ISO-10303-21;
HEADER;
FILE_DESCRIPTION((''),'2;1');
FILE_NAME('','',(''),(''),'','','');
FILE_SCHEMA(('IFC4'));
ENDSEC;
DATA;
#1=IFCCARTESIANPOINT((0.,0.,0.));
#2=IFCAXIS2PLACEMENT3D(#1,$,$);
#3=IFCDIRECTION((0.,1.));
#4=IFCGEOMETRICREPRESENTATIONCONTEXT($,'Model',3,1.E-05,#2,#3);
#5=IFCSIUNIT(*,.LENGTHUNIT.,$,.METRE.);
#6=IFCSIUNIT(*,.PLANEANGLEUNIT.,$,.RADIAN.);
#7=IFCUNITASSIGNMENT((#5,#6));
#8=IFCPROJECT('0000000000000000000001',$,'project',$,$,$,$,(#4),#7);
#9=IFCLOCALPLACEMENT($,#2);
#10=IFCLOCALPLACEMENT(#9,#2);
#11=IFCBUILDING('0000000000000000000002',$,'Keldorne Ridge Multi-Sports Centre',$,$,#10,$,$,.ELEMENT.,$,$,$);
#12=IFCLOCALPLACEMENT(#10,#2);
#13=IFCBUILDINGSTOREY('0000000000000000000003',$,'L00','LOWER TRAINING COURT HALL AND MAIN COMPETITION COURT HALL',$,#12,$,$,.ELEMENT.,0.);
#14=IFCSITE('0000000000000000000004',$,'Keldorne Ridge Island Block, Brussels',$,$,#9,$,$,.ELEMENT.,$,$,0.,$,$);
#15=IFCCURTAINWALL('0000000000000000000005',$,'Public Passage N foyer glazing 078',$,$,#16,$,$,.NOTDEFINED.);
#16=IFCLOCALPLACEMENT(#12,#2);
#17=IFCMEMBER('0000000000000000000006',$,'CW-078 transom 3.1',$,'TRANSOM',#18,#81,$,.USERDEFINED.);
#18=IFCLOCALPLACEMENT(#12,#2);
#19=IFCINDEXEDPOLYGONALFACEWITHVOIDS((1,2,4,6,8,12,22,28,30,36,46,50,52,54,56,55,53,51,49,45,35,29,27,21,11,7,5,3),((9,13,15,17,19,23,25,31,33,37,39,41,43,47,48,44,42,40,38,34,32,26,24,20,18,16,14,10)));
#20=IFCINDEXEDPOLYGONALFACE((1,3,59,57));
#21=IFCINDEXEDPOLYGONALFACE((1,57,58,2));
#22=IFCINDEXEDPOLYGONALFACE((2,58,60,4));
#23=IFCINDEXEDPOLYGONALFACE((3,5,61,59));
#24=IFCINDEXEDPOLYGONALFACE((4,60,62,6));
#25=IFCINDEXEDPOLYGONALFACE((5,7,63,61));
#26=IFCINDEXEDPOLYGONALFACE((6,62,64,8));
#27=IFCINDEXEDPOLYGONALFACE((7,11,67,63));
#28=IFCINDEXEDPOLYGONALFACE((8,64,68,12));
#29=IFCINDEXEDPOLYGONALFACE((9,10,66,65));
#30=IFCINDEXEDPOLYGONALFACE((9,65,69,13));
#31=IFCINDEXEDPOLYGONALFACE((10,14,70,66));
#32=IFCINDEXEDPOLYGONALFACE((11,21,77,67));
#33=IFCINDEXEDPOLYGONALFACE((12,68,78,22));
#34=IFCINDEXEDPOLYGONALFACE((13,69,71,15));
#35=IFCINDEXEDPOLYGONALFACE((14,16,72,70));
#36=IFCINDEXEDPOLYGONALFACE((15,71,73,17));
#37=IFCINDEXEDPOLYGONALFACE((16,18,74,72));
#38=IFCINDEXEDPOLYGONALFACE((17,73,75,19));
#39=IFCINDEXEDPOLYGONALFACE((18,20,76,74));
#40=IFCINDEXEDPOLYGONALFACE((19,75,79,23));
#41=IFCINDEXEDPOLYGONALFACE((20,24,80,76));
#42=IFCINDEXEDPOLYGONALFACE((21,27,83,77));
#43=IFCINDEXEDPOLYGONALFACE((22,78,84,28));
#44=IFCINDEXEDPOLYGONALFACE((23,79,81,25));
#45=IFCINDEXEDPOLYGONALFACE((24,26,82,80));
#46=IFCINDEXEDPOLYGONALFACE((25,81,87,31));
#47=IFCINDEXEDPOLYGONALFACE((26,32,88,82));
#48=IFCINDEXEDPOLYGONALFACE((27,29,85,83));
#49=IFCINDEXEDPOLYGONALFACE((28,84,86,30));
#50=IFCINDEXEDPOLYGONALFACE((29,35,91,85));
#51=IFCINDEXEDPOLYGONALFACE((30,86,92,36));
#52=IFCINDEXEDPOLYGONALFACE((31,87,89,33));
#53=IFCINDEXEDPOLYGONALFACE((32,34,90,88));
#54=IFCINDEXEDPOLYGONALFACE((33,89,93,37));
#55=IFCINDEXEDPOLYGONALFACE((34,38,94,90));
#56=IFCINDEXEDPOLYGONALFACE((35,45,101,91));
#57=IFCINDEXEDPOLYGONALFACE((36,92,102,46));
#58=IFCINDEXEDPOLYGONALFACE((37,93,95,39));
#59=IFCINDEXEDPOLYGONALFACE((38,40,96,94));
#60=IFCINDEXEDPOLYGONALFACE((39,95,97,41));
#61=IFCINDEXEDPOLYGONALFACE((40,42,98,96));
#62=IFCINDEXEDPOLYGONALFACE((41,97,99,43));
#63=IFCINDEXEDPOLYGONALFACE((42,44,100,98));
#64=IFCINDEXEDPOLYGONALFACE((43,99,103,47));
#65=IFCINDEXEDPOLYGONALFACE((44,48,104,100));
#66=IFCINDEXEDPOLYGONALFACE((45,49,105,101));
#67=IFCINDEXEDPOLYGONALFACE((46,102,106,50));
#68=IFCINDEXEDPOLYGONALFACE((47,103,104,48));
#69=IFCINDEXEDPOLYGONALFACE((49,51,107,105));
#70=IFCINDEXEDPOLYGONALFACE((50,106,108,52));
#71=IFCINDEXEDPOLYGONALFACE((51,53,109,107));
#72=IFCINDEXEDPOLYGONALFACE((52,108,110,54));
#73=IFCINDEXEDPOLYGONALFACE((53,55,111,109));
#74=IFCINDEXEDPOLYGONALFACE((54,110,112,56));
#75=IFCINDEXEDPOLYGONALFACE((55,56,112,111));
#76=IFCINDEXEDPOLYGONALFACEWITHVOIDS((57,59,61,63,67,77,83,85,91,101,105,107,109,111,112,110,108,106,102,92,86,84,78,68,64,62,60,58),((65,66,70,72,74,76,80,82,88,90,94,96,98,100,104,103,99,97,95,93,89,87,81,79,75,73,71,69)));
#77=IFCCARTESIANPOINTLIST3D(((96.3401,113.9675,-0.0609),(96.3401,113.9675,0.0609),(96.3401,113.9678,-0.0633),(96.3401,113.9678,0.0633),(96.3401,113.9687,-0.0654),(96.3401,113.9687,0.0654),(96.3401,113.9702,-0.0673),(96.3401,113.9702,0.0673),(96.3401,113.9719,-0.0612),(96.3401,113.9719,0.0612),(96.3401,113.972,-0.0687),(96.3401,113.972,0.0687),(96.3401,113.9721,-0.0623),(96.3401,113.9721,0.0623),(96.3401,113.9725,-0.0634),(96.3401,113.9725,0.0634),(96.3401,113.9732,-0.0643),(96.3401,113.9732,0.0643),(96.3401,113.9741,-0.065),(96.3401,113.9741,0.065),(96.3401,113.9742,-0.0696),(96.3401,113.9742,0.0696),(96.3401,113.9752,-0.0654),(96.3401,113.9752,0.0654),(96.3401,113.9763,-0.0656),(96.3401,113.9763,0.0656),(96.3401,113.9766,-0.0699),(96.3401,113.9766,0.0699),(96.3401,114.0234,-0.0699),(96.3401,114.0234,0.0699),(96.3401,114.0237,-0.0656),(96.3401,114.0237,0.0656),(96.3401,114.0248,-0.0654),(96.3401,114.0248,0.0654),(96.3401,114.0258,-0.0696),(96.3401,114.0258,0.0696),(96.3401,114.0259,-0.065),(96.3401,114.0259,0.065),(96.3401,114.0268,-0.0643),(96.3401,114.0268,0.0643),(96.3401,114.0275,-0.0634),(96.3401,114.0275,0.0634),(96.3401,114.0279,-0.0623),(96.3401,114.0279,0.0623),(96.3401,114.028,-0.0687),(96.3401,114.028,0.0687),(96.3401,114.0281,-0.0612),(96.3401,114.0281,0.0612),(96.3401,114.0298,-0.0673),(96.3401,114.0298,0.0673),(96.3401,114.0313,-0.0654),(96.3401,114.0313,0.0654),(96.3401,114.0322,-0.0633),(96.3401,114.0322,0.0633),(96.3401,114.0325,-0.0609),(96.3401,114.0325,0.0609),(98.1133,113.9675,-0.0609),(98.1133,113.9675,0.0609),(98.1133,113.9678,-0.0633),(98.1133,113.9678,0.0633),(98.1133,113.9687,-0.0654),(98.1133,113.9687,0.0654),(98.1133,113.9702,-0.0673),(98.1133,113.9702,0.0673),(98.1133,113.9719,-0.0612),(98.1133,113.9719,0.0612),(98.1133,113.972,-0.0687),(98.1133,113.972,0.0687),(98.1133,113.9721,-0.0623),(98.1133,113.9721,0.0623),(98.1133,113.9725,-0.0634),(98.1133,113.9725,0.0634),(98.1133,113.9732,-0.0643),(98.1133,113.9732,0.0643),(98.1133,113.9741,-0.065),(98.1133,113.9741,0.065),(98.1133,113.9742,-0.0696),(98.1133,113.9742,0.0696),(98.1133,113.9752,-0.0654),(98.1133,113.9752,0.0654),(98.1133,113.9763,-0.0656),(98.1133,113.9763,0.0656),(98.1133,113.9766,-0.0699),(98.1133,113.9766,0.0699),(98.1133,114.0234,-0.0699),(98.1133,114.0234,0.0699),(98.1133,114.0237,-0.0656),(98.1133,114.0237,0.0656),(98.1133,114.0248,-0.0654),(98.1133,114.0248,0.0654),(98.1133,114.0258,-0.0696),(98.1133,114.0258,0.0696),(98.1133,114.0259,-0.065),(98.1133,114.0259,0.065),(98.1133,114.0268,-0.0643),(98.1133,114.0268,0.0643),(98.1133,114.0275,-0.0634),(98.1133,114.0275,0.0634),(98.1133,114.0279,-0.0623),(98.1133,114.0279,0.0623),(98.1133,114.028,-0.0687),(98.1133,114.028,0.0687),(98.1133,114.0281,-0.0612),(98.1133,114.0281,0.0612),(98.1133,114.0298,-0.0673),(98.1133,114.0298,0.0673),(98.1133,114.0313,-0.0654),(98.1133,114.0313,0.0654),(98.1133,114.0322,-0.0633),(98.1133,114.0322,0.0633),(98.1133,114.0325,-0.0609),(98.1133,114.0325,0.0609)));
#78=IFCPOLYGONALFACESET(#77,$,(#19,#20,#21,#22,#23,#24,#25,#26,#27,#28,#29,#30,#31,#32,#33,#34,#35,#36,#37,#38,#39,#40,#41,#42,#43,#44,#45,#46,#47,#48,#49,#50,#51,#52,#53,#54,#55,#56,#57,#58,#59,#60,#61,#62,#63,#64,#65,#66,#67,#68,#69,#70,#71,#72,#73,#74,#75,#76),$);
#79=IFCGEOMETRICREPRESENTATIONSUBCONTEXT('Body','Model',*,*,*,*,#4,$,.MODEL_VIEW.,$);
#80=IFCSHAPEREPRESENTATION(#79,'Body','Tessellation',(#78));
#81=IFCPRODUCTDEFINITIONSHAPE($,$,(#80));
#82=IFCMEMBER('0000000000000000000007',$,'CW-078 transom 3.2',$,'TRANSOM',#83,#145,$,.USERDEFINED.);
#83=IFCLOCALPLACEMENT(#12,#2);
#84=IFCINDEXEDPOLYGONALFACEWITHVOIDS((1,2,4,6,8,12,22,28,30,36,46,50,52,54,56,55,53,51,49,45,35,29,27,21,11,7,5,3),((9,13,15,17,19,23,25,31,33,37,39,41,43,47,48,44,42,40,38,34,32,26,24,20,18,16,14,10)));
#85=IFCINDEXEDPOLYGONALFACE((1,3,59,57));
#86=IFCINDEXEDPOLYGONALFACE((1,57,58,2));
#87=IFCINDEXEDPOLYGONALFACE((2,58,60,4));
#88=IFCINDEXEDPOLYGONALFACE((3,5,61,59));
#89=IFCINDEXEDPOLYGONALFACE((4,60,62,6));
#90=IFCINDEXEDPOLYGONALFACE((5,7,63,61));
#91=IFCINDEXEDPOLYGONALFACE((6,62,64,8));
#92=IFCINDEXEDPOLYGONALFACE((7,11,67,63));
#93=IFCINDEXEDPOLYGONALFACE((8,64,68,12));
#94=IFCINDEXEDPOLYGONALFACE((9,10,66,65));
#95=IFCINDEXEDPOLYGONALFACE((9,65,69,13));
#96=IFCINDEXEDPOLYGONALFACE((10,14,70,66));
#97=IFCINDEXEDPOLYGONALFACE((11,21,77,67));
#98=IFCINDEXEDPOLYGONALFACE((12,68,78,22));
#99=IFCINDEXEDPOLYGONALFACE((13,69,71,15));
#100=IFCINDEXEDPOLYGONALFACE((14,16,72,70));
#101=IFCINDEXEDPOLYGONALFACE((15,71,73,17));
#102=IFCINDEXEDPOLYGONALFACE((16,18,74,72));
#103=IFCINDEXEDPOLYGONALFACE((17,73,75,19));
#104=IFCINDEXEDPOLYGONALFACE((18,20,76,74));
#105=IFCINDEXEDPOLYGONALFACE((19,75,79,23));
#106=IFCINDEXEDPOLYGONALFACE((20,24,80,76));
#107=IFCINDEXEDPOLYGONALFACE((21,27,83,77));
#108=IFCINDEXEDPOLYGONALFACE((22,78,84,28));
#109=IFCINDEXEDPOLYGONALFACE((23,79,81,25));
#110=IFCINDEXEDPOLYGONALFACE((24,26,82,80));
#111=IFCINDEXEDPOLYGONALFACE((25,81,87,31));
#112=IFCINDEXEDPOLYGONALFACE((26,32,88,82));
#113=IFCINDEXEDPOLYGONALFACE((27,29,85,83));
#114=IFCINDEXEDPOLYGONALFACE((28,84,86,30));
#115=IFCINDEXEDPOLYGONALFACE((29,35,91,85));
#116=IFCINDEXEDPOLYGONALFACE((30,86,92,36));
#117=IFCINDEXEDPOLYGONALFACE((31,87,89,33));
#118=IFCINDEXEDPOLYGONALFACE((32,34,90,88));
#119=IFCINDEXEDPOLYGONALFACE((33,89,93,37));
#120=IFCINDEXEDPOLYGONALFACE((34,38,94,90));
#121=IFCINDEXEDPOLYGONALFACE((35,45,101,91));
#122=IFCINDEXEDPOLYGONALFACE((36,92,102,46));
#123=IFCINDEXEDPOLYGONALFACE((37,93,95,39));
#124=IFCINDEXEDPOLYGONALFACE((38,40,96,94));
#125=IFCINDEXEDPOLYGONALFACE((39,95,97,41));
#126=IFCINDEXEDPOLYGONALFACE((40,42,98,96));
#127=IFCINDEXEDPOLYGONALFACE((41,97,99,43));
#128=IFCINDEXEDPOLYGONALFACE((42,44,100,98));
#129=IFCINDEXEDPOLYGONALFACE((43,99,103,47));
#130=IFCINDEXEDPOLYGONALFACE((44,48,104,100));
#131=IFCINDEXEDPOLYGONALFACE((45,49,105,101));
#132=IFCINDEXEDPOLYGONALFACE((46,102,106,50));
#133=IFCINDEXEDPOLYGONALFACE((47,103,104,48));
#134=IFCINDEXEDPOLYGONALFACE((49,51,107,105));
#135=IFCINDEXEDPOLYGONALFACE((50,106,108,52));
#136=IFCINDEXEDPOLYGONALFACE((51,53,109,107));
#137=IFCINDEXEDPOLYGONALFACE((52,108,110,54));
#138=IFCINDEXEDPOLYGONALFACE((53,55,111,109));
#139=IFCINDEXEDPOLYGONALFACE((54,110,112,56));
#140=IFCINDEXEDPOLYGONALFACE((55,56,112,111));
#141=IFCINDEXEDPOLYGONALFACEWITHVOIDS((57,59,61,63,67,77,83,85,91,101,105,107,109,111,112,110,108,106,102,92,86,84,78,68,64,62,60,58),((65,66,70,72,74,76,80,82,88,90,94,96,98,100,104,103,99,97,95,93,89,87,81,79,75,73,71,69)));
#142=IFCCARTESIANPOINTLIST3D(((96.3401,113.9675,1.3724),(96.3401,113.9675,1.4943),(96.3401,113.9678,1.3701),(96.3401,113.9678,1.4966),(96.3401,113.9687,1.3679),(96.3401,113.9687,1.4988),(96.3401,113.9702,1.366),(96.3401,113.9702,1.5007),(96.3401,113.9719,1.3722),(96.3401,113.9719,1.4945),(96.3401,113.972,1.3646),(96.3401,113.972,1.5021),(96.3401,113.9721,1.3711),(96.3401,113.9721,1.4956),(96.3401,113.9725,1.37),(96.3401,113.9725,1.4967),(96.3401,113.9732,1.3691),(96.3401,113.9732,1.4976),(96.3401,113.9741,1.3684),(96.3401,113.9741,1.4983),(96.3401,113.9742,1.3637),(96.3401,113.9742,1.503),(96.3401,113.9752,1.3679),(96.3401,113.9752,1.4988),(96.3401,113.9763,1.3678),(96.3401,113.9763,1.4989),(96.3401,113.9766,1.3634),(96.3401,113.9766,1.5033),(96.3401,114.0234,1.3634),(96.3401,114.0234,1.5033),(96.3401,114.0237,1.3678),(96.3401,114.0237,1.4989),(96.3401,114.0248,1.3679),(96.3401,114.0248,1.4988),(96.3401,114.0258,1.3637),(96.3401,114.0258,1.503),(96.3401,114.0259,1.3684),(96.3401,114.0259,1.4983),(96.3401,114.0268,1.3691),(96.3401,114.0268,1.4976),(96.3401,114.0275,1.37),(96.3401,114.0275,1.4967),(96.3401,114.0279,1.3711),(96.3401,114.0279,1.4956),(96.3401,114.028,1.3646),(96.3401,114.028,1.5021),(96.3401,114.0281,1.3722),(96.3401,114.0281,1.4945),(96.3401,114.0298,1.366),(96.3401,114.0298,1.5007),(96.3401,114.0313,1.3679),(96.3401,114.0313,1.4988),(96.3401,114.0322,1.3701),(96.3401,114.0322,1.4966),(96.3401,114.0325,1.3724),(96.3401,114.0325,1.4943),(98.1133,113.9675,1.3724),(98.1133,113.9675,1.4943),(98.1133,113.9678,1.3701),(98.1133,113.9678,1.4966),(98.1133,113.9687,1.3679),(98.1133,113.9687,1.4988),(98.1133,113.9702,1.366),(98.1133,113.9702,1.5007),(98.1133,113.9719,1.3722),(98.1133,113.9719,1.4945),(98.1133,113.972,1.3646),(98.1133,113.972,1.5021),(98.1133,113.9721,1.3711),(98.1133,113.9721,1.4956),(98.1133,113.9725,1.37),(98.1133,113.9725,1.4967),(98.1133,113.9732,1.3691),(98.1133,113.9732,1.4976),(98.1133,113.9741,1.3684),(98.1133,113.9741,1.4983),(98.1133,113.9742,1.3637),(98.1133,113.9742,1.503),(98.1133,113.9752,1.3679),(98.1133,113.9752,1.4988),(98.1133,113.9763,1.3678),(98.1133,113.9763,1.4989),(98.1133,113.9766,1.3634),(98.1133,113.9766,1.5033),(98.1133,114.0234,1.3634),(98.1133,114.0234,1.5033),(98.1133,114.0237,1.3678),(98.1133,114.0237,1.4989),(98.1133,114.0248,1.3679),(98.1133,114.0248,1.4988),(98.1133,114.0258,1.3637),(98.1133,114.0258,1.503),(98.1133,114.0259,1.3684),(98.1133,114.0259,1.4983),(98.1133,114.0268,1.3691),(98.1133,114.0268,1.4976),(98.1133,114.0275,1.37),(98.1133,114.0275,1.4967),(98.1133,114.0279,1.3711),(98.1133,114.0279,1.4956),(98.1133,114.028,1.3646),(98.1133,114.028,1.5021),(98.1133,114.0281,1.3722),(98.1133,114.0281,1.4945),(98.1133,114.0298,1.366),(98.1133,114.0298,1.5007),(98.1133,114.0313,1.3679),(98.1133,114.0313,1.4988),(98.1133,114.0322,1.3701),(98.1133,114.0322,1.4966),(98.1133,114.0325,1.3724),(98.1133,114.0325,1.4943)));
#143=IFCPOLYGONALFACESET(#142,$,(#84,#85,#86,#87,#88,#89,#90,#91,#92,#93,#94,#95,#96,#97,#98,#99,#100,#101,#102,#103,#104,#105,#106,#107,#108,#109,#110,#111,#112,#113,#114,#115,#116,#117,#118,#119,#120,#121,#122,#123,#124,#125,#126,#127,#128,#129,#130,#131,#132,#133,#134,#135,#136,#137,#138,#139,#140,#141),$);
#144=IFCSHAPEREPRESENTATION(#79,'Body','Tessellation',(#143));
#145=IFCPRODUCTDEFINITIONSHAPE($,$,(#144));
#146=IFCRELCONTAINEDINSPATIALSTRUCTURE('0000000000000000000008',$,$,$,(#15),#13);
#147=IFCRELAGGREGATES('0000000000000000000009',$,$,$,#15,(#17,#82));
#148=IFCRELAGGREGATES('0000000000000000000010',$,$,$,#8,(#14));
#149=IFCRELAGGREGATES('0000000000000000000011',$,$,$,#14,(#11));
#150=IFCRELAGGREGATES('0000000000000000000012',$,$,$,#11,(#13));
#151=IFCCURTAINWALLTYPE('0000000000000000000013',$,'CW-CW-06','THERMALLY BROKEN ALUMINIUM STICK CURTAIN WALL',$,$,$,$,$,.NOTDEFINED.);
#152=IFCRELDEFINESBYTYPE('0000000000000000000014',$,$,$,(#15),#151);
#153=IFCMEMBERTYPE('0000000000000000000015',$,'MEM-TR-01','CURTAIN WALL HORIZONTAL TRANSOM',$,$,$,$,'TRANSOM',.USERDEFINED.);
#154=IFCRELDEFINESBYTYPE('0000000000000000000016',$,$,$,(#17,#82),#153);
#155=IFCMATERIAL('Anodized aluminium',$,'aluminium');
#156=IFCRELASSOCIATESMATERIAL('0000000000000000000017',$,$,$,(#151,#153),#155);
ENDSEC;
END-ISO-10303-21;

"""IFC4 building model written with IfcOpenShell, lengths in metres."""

from ifc_helpers import new_model, si_unit, direction, frame, origin, origin_2d, place, context, subcontext, project, spatial, hollow_rectangle, extrude, material, material_profile, profile_set, type_object, element, aggregate, save


model = new_model("IFC4")

# Units and contexts
model_context = context("Model", 3, precision=1e-05, world=origin(), true_north=direction((0.0, 1.0)))
body_context = subcontext(model_context, "Body", "Model", "MODEL_VIEW")
ifc_project = project(units=[si_unit("LENGTHUNIT", "METRE"), si_unit("PLANEANGLEUNIT", "RADIAN")], contexts=[model_context])

# Site, building, storey
site_placement = place(None, origin())
site = spatial("IfcSite", under=ifc_project, at=site_placement, Name="Keldorne Ridge Island Block, Brussels", CompositionType="ELEMENT", RefElevation=0.0)
building_placement = place(site_placement, origin())
building = spatial("IfcBuilding", under=site, at=building_placement, Name="Keldorne Ridge Multi-Sports Centre", CompositionType="ELEMENT")
storey_placement = place(building_placement, origin())
storey = spatial("IfcBuildingStorey", under=building, at=storey_placement, Name="L00", Description="LOWER TRAINING COURT HALL AND MAIN COMPETITION COURT HALL", CompositionType="ELEMENT", Elevation=0.0)

# Curtain wall, members
ifc_material_1 = material(Name="Anodized aluminium", Category="aluminium")
curtain_wall_type = type_object("IfcCurtainWallType", Name="CW-CW-06", Description="THERMALLY BROKEN ALUMINIUM STICK CURTAIN WALL", PredefinedType="NOTDEFINED", material=ifc_material_1)
curtain_wall_placement = place(storey_placement, origin())
curtain_wall = element("IfcCurtainWall", 1, at=curtain_wall_placement, inside=storey, type_object=curtain_wall_type, Name="Public Passage N foyer glazing 078", PredefinedType="NOTDEFINED")
ifc_material_profile_1 = material_profile(ifc_material_1, hollow_rectangle(XDim=0.0649, YDim=0.1399, WallThickness=0.0044, InnerFilletRadius=0.0044, OuterFilletRadius=0.009, at=origin_2d()), Name="ALU TRANSOM 140x65x4.5")
ifc_profile_set_1 = profile_set([ifc_material_profile_1], Name="Anodized aluminium")
member_type_1 = type_object("IfcMemberType", Name="MEM-TR-01", Description="CURTAIN WALL HORIZONTAL TRANSOM", ElementType="TRANSOM", PredefinedType="USERDEFINED", material=ifc_profile_set_1)
member_1_placement = place(storey_placement, frame((98.1133, 114.0, 0.0), z_axis=(-1.0, 0.0, 0.0), x_axis=(0.0, -1.0, 0.0)))
member_1 = element("IfcMember", 2, at=member_1_placement, type_object=member_type_1, Name="CW-078 transom 3.1", ObjectType="TRANSOM", PredefinedType="USERDEFINED", context=body_context, shape_type="SweptSolid", body=[
    extrude(hollow_rectangle(XDim=0.0649, YDim=0.1399, WallThickness=0.0044, InnerFilletRadius=0.0044, OuterFilletRadius=0.009, at=origin_2d()), origin(), (0.0, 0.0, 1.0), 1.7732),
])
member_2_placement = place(storey_placement, frame((98.1133, 114.0, 1.4333), z_axis=(-1.0, 0.0, 0.0), x_axis=(0.0, -1.0, 0.0)))
member_2 = element("IfcMember", 3, at=member_2_placement, type_object=member_type_1, Name="CW-078 transom 3.2", ObjectType="TRANSOM", PredefinedType="USERDEFINED", context=body_context, shape_type="SweptSolid", body=[
    extrude(hollow_rectangle(XDim=0.0649, YDim=0.1399, WallThickness=0.0044, InnerFilletRadius=0.0044, OuterFilletRadius=0.009, at=origin_2d()), origin(), (0.0, 0.0, 1.0), 1.7732),
])
aggregate(curtain_wall, [member_1, member_2])

save(model, "model.ifc")
